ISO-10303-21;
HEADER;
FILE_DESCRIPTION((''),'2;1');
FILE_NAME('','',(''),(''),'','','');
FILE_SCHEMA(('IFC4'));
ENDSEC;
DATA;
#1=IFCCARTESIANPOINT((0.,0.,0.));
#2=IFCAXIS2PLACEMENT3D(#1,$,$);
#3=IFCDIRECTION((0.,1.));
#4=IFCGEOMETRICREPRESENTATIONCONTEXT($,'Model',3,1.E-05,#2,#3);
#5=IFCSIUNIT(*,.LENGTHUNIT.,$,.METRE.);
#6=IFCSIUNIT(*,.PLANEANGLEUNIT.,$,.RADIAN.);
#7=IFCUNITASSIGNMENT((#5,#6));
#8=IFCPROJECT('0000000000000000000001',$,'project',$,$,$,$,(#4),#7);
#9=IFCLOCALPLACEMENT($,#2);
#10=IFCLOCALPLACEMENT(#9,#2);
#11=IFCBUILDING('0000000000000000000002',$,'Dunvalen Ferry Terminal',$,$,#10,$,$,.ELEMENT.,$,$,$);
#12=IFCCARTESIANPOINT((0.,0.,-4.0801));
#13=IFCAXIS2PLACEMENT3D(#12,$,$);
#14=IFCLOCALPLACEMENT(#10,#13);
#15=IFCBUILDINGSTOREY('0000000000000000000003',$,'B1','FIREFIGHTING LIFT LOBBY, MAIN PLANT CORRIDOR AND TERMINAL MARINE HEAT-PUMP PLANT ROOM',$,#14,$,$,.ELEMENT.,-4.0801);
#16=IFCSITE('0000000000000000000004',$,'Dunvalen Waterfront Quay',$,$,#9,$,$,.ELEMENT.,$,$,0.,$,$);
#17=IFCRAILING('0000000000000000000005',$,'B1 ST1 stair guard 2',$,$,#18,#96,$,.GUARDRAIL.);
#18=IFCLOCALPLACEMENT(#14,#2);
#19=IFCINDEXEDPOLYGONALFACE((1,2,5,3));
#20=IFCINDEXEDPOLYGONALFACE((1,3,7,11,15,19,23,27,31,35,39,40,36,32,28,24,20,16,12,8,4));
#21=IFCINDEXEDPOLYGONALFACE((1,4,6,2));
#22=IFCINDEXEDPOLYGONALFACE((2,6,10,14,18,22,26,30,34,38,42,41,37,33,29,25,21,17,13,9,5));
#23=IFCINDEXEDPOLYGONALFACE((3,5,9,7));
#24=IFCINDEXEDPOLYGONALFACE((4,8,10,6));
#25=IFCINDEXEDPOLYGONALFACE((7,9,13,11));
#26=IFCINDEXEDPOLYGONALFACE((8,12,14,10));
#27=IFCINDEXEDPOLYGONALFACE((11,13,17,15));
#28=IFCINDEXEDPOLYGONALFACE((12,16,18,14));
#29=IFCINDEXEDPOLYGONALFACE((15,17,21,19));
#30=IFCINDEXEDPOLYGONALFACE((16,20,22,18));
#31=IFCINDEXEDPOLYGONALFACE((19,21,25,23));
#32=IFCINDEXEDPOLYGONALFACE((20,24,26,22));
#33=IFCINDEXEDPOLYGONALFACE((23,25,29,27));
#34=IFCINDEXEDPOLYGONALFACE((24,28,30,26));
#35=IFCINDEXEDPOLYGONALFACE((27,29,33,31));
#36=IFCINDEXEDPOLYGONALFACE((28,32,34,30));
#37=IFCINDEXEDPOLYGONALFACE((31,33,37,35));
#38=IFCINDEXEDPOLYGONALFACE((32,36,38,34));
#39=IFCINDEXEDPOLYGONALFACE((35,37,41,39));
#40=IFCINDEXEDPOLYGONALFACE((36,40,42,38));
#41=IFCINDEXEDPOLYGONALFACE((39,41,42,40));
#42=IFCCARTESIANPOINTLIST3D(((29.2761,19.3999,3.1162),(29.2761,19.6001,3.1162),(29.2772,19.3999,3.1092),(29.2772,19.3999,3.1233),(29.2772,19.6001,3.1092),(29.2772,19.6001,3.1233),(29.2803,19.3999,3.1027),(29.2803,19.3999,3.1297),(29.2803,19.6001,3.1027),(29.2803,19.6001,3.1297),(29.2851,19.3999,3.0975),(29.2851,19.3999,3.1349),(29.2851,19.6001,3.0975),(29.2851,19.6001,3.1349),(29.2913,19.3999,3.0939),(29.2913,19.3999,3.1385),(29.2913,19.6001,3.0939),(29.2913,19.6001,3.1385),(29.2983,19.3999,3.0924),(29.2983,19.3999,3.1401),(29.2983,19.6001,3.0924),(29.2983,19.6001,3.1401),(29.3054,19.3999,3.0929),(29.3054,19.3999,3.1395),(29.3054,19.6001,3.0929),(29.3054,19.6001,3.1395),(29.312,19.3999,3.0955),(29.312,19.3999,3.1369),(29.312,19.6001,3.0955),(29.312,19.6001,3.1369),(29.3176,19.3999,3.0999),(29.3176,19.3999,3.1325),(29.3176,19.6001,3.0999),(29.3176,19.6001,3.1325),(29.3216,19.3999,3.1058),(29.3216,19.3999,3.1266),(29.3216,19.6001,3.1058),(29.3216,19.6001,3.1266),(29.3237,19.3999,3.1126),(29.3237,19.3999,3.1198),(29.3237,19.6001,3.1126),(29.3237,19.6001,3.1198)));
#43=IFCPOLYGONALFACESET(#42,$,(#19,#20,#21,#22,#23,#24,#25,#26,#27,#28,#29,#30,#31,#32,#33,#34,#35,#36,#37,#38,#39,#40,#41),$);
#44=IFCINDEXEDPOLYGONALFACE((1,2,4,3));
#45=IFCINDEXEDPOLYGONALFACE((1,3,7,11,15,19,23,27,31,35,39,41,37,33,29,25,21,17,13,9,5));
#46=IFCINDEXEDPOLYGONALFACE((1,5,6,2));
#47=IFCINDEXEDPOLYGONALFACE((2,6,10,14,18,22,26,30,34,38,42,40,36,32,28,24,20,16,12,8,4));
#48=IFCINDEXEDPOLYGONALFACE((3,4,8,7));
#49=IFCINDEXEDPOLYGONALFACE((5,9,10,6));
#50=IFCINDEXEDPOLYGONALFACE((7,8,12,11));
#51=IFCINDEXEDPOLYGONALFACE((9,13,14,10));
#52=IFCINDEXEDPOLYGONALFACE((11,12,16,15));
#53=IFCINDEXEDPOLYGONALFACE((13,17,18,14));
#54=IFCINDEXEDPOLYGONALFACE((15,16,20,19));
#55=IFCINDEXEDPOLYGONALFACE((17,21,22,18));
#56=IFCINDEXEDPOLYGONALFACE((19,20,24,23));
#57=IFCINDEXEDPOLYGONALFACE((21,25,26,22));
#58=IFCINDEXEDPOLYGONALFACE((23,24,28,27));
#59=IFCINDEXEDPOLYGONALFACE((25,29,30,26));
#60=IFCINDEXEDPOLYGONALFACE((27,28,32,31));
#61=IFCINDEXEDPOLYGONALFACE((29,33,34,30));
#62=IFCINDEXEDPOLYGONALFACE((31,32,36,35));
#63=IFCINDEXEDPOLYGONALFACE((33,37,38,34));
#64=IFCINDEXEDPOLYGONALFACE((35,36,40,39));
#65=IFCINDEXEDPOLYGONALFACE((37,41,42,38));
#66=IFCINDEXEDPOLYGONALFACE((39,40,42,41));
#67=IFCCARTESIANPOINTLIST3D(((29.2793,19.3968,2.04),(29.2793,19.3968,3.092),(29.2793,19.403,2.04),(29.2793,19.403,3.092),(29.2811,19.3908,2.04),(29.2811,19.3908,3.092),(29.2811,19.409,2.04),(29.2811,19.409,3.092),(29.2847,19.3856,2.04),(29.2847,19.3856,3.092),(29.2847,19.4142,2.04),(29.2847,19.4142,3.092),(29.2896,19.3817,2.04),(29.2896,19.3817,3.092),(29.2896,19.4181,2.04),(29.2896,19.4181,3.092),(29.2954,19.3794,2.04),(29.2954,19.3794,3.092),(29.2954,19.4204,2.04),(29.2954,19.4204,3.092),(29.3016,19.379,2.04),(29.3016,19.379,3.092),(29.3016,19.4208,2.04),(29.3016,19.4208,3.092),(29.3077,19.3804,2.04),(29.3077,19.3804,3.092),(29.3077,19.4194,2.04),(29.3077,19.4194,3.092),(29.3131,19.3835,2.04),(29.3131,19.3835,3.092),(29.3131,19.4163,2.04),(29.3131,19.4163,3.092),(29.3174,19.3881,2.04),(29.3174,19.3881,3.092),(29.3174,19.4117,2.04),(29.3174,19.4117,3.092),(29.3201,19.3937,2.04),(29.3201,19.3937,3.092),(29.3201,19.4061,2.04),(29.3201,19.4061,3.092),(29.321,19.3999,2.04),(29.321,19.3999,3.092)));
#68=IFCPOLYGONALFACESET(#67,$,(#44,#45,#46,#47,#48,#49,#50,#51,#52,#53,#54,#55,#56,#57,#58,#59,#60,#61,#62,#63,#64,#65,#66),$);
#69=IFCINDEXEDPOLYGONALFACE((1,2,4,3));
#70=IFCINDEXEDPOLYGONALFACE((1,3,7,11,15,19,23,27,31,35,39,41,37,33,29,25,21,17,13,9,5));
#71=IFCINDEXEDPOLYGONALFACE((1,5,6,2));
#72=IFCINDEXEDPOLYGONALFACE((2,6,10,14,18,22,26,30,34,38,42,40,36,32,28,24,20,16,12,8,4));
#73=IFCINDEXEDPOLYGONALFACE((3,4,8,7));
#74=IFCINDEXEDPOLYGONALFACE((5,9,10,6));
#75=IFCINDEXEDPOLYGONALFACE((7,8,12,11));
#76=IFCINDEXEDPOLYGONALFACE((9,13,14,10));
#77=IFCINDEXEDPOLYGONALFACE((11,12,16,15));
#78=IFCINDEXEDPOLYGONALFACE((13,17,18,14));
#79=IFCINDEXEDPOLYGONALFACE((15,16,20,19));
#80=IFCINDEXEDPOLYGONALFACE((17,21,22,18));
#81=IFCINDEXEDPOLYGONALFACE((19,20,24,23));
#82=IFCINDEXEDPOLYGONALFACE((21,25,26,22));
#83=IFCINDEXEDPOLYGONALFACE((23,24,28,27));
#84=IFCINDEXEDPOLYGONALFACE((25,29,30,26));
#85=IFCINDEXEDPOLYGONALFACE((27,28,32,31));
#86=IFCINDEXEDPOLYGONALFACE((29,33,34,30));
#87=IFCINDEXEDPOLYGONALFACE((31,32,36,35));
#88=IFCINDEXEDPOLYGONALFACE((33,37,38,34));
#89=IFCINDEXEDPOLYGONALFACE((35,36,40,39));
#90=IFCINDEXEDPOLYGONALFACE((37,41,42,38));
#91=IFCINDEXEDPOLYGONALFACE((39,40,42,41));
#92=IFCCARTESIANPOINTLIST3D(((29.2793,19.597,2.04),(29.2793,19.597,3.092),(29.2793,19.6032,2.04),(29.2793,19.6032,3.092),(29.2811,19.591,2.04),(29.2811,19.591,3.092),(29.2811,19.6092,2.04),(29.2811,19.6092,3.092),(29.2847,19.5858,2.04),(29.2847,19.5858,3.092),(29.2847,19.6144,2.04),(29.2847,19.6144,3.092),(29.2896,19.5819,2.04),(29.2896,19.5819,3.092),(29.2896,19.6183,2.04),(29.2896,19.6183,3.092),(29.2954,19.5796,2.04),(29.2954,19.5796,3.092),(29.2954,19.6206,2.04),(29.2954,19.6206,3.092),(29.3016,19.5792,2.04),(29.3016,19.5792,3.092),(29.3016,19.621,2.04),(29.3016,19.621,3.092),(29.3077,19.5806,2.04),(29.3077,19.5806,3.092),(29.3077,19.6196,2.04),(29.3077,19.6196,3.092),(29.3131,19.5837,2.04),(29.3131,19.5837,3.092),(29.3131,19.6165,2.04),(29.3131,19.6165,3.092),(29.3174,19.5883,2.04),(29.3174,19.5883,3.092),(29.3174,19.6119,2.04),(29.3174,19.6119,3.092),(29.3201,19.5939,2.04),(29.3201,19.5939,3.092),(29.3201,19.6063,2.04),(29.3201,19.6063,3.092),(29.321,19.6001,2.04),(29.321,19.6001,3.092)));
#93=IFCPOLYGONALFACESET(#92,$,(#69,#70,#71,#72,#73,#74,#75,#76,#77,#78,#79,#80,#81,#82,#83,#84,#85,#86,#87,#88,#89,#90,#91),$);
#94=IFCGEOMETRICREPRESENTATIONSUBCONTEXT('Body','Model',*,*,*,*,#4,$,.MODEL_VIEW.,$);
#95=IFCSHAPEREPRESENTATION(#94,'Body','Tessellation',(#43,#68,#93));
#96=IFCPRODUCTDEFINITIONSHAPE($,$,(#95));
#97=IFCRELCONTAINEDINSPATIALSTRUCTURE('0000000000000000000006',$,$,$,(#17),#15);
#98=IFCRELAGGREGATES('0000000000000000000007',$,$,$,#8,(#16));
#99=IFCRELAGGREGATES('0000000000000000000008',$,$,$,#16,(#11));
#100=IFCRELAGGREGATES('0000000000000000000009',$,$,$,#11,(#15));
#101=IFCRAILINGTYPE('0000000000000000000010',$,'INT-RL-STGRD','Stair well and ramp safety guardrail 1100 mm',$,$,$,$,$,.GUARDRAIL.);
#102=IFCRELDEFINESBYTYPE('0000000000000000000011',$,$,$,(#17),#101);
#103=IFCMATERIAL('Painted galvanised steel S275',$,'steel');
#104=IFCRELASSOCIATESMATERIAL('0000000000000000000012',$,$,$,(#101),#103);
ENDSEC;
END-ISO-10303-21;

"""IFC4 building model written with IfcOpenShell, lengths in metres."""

from ifc_helpers import new_model, si_unit, direction, frame, origin, origin_2d, place, context, subcontext, project, spatial, circle, extrude, material, type_object, element, save


model = new_model("IFC4")

# Units and contexts
model_context = context("Model", 3, precision=1e-05, world=origin(), true_north=direction((0.0, 1.0)))
body_context = subcontext(model_context, "Body", "Model", "MODEL_VIEW")
ifc_project = project(units=[si_unit("LENGTHUNIT", "METRE"), si_unit("PLANEANGLEUNIT", "RADIAN")], contexts=[model_context])

# Site, building, storey
site_placement = place(None, origin())
site = spatial("IfcSite", under=ifc_project, at=site_placement, Name="Dunvalen Waterfront Quay", CompositionType="ELEMENT", RefElevation=0.0)
building_placement = place(site_placement, origin())
building = spatial("IfcBuilding", under=site, at=building_placement, Name="Dunvalen Ferry Terminal", CompositionType="ELEMENT")
storey_placement = place(building_placement, frame((0.0, 0.0, -4.0801)))
storey = spatial("IfcBuildingStorey", under=building, at=storey_placement, Name="B1", Description="FIREFIGHTING LIFT LOBBY, MAIN PLANT CORRIDOR AND TERMINAL MARINE HEAT-PUMP PLANT ROOM", CompositionType="ELEMENT", Elevation=-4.0801)

# Railing
ifc_material_1 = material(Name="Painted galvanised steel S275", Category="steel")
railing_type_1 = type_object("IfcRailingType", Name="INT-RL-STGRD", Description="Stair well and ramp safety guardrail 1100 mm", PredefinedType="GUARDRAIL", material=ifc_material_1)
railing_1_placement = place(storey_placement, frame((29.3, 19.3999, 2.04)))
element("IfcRailing", 1, at=railing_1_placement, inside=storey, type_object=railing_type_1, Name="B1 ST1 stair guard 2", PredefinedType="GUARDRAIL", context=body_context, shape_type="SweptSolid", body=[
    extrude(circle(Radius=0.0239, at=origin_2d()), frame((0.0, 0.0, 1.0762), z_axis=(0.0, 1.0, 0.0), x_axis=(-1.0, 0.0, 0.0)), (0.0, 0.0, 1.0), 0.2002),
    extrude(circle(Radius=0.021, at=origin_2d()), origin(), (0.0, 0.0, 1.0), 1.052),
    extrude(circle(Radius=0.021, at=origin_2d()), frame((0.0, 0.2002, 0.0)), (0.0, 0.0, 1.0), 1.052),
])

save(model, "model.ifc")
